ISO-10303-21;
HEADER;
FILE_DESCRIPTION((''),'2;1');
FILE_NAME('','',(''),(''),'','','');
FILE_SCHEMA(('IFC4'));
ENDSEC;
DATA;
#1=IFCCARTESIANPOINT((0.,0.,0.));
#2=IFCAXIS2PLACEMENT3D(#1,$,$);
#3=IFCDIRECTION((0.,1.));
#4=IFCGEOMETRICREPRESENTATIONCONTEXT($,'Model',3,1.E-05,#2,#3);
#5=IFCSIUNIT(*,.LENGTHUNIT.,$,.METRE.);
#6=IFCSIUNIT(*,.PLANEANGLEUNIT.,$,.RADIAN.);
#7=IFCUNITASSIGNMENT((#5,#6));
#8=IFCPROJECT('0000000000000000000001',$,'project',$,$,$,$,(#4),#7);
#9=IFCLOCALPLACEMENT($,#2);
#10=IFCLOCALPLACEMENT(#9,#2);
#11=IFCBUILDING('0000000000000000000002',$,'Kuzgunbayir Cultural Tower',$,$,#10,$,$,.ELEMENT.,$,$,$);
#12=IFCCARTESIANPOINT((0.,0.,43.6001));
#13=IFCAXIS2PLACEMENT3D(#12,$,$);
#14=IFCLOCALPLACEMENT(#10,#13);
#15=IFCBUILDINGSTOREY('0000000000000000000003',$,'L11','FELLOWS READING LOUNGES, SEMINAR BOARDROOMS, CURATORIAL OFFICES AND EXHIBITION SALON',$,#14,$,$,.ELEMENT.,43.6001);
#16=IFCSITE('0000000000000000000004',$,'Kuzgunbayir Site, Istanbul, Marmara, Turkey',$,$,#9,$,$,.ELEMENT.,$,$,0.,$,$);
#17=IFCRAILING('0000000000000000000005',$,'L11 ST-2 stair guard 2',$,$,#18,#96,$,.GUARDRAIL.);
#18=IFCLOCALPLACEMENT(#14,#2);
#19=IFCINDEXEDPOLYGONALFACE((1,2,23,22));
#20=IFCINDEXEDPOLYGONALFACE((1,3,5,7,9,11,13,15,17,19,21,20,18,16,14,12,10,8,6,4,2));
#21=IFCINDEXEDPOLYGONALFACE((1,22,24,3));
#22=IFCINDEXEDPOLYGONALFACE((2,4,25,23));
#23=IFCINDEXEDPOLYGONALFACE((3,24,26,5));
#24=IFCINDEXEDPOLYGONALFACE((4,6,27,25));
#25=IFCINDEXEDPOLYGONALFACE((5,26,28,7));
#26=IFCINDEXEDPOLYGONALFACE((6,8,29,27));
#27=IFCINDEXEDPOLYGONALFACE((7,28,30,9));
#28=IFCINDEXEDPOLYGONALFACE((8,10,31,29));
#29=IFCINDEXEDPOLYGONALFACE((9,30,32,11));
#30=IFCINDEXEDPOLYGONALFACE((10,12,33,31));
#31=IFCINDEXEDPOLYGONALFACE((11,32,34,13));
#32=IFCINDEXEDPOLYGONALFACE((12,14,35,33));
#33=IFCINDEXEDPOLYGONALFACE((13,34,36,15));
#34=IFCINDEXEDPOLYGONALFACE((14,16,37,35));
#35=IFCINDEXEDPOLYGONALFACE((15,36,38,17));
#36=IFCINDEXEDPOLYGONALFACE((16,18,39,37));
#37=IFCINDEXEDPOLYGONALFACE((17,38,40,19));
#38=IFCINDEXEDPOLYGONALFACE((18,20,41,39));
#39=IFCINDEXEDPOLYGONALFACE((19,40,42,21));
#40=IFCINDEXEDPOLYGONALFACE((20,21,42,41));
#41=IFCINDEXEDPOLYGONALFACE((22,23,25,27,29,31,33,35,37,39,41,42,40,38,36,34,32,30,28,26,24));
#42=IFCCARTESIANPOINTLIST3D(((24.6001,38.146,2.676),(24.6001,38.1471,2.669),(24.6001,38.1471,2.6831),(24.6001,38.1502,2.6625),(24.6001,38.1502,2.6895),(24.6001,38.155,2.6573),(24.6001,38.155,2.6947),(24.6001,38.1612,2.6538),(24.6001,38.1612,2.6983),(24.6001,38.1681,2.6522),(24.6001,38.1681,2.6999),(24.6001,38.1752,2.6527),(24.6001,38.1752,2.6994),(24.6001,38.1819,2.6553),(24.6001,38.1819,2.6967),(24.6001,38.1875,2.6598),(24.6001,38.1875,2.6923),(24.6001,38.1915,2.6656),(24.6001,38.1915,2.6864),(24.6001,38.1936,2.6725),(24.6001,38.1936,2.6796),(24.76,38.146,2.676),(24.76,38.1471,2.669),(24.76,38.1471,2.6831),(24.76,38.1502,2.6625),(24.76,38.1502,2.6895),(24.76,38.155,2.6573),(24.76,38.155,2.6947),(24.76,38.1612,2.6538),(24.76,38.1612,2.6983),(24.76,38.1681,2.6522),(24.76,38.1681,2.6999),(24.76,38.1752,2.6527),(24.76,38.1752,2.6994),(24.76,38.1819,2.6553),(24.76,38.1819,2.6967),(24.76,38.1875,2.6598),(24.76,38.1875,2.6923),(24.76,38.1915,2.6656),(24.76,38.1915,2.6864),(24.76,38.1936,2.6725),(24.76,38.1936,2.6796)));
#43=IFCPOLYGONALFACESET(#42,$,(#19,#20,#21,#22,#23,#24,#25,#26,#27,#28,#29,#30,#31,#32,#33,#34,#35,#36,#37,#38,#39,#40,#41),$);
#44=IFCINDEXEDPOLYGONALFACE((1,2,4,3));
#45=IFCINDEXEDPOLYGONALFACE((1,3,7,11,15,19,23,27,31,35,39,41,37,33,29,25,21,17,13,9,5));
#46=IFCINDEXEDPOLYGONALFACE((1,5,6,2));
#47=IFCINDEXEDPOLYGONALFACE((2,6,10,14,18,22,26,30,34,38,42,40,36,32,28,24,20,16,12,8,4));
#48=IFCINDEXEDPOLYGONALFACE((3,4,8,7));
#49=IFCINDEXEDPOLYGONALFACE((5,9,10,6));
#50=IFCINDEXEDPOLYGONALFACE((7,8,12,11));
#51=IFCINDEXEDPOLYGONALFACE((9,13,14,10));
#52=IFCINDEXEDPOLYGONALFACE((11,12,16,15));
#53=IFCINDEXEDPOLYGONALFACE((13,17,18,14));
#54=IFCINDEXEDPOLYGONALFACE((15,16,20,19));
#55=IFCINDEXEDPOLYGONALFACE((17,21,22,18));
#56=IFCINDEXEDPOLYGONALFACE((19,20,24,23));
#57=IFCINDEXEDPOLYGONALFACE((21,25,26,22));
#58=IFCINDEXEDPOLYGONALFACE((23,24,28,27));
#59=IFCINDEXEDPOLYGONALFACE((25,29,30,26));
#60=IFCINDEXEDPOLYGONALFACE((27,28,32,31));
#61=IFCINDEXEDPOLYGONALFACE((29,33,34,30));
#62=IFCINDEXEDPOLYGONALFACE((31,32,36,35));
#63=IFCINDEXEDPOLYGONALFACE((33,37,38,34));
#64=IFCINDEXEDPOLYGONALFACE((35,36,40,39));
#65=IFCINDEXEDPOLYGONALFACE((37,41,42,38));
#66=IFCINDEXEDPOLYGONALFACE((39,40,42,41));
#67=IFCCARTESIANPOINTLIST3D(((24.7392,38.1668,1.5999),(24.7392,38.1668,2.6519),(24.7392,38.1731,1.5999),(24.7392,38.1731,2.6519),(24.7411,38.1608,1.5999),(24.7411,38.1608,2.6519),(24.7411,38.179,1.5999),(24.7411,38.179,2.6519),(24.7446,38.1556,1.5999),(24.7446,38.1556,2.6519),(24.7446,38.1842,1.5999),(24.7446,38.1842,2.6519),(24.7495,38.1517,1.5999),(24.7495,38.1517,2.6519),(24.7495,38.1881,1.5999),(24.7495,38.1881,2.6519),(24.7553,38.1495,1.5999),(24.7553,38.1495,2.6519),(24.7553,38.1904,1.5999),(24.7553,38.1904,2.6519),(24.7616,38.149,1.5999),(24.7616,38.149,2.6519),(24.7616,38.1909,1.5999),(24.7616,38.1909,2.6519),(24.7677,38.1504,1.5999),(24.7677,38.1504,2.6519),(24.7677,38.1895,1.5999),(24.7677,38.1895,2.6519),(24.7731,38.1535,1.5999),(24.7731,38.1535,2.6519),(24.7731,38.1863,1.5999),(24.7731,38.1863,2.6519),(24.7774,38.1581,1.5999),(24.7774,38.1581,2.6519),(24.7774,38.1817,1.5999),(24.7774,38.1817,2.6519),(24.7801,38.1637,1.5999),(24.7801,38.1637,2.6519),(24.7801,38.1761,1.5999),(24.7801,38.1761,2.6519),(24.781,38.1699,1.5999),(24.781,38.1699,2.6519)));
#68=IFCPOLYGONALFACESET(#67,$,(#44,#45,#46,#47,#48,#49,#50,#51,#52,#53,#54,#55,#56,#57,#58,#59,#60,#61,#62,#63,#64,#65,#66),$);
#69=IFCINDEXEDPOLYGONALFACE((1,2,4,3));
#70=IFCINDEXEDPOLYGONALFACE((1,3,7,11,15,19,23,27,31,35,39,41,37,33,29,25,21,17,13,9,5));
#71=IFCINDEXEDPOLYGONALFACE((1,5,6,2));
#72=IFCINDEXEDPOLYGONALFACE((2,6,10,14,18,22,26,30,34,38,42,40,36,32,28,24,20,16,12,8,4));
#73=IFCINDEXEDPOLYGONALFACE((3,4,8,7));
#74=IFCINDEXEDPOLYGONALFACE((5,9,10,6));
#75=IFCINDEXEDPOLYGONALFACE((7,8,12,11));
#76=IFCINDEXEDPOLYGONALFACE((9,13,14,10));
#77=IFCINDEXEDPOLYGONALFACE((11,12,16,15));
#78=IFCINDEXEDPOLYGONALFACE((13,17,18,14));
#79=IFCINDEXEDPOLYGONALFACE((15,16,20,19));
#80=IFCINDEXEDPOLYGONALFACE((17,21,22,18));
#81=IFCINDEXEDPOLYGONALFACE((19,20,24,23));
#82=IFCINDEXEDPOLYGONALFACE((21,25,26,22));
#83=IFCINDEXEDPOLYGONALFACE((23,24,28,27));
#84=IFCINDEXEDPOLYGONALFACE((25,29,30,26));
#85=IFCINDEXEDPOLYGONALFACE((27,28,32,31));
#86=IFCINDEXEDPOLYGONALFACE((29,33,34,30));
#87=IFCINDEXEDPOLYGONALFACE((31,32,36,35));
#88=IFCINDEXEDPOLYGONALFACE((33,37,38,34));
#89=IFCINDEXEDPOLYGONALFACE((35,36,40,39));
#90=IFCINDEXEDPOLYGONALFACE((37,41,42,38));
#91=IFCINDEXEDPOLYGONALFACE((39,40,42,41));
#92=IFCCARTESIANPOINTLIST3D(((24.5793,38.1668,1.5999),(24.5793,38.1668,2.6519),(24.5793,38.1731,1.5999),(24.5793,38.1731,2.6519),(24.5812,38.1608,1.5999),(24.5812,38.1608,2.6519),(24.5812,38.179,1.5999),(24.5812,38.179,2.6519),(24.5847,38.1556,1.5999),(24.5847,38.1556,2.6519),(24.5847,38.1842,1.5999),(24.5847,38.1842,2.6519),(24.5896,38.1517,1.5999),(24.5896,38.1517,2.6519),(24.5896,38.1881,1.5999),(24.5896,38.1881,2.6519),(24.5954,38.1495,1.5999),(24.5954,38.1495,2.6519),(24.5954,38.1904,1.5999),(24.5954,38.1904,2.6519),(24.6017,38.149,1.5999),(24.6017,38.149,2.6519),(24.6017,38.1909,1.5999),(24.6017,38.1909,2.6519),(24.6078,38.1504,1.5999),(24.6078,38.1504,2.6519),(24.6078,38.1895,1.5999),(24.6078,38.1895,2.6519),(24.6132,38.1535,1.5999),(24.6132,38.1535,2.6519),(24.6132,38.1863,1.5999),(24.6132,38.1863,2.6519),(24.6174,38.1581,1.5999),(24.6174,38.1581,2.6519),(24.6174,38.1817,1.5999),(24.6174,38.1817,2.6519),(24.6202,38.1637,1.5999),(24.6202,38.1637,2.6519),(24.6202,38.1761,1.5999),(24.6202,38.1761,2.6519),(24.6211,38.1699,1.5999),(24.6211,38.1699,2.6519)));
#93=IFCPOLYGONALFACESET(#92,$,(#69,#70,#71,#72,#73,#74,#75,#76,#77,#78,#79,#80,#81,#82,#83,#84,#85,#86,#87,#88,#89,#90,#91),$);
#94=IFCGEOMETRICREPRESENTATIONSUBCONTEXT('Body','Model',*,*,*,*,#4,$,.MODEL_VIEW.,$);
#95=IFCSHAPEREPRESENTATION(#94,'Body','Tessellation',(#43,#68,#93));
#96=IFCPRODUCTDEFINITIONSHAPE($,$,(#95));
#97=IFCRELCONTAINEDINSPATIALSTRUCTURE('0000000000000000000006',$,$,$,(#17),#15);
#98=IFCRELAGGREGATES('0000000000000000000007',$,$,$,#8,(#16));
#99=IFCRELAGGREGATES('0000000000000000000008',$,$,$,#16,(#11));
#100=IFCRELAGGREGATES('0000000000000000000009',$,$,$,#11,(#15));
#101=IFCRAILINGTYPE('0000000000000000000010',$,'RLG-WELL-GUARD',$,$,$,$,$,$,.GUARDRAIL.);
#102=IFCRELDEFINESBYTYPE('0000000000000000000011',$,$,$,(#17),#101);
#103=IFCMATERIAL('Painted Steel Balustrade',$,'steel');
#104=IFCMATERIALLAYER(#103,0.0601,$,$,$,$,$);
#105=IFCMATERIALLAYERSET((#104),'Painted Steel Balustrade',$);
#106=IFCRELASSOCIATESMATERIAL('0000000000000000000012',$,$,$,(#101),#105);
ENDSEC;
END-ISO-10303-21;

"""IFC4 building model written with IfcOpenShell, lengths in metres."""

from ifc_helpers import new_model, si_unit, direction, frame, origin, origin_2d, place, context, subcontext, project, spatial, circle, extrude, material, layer, layer_set, type_object, element, save


model = new_model("IFC4")

# Units and contexts
model_context = context("Model", 3, precision=1e-05, world=origin(), true_north=direction((0.0, 1.0)))
body_context = subcontext(model_context, "Body", "Model", "MODEL_VIEW")
ifc_project = project(units=[si_unit("LENGTHUNIT", "METRE"), si_unit("PLANEANGLEUNIT", "RADIAN")], contexts=[model_context])

# Site, building, storey
site_placement = place(None, origin())
site = spatial("IfcSite", under=ifc_project, at=site_placement, Name="Kuzgunbayir Site, Istanbul, Marmara, Turkey", CompositionType="ELEMENT", RefElevation=0.0)
building_placement = place(site_placement, origin())
building = spatial("IfcBuilding", under=site, at=building_placement, Name="Kuzgunbayir Cultural Tower", CompositionType="ELEMENT")
storey_placement = place(building_placement, frame((0.0, 0.0, 43.6001)))
storey = spatial("IfcBuildingStorey", under=building, at=storey_placement, Name="L11", Description="FELLOWS READING LOUNGES, SEMINAR BOARDROOMS, CURATORIAL OFFICES AND EXHIBITION SALON", CompositionType="ELEMENT", Elevation=43.6001)

# Railing
ifc_material_1 = material(Name="Painted Steel Balustrade", Category="steel")
ifc_layer_1 = layer(ifc_material_1, 0.0601)
ifc_layer_set_1 = layer_set([ifc_layer_1], Name="Painted Steel Balustrade")
railing_type_1 = type_object("IfcRailingType", Name="RLG-WELL-GUARD", PredefinedType="GUARDRAIL", material=ifc_layer_set_1)
railing_1_placement = place(storey_placement, frame((24.76, 38.1699, 1.5999)))
element("IfcRailing", 1, at=railing_1_placement, inside=storey, type_object=railing_type_1, Name="L11 ST-2 stair guard 2", PredefinedType="GUARDRAIL", context=body_context, shape_type="SweptSolid", body=[
    extrude(circle(Radius=0.0239, at=origin_2d()), frame((0.0, 0.0, 1.0762), z_axis=(-1.0, 0.0, 0.0), x_axis=(0.0, -1.0, 0.0)), (0.0, 0.0, 1.0), 0.1599),
    extrude(circle(Radius=0.021, at=origin_2d()), origin(), (0.0, 0.0, 1.0), 1.052),
    extrude(circle(Radius=0.021, at=origin_2d()), frame((-0.1599, 0.0, 0.0)), (0.0, 0.0, 1.0), 1.052),
])

save(model, "model.ifc")
